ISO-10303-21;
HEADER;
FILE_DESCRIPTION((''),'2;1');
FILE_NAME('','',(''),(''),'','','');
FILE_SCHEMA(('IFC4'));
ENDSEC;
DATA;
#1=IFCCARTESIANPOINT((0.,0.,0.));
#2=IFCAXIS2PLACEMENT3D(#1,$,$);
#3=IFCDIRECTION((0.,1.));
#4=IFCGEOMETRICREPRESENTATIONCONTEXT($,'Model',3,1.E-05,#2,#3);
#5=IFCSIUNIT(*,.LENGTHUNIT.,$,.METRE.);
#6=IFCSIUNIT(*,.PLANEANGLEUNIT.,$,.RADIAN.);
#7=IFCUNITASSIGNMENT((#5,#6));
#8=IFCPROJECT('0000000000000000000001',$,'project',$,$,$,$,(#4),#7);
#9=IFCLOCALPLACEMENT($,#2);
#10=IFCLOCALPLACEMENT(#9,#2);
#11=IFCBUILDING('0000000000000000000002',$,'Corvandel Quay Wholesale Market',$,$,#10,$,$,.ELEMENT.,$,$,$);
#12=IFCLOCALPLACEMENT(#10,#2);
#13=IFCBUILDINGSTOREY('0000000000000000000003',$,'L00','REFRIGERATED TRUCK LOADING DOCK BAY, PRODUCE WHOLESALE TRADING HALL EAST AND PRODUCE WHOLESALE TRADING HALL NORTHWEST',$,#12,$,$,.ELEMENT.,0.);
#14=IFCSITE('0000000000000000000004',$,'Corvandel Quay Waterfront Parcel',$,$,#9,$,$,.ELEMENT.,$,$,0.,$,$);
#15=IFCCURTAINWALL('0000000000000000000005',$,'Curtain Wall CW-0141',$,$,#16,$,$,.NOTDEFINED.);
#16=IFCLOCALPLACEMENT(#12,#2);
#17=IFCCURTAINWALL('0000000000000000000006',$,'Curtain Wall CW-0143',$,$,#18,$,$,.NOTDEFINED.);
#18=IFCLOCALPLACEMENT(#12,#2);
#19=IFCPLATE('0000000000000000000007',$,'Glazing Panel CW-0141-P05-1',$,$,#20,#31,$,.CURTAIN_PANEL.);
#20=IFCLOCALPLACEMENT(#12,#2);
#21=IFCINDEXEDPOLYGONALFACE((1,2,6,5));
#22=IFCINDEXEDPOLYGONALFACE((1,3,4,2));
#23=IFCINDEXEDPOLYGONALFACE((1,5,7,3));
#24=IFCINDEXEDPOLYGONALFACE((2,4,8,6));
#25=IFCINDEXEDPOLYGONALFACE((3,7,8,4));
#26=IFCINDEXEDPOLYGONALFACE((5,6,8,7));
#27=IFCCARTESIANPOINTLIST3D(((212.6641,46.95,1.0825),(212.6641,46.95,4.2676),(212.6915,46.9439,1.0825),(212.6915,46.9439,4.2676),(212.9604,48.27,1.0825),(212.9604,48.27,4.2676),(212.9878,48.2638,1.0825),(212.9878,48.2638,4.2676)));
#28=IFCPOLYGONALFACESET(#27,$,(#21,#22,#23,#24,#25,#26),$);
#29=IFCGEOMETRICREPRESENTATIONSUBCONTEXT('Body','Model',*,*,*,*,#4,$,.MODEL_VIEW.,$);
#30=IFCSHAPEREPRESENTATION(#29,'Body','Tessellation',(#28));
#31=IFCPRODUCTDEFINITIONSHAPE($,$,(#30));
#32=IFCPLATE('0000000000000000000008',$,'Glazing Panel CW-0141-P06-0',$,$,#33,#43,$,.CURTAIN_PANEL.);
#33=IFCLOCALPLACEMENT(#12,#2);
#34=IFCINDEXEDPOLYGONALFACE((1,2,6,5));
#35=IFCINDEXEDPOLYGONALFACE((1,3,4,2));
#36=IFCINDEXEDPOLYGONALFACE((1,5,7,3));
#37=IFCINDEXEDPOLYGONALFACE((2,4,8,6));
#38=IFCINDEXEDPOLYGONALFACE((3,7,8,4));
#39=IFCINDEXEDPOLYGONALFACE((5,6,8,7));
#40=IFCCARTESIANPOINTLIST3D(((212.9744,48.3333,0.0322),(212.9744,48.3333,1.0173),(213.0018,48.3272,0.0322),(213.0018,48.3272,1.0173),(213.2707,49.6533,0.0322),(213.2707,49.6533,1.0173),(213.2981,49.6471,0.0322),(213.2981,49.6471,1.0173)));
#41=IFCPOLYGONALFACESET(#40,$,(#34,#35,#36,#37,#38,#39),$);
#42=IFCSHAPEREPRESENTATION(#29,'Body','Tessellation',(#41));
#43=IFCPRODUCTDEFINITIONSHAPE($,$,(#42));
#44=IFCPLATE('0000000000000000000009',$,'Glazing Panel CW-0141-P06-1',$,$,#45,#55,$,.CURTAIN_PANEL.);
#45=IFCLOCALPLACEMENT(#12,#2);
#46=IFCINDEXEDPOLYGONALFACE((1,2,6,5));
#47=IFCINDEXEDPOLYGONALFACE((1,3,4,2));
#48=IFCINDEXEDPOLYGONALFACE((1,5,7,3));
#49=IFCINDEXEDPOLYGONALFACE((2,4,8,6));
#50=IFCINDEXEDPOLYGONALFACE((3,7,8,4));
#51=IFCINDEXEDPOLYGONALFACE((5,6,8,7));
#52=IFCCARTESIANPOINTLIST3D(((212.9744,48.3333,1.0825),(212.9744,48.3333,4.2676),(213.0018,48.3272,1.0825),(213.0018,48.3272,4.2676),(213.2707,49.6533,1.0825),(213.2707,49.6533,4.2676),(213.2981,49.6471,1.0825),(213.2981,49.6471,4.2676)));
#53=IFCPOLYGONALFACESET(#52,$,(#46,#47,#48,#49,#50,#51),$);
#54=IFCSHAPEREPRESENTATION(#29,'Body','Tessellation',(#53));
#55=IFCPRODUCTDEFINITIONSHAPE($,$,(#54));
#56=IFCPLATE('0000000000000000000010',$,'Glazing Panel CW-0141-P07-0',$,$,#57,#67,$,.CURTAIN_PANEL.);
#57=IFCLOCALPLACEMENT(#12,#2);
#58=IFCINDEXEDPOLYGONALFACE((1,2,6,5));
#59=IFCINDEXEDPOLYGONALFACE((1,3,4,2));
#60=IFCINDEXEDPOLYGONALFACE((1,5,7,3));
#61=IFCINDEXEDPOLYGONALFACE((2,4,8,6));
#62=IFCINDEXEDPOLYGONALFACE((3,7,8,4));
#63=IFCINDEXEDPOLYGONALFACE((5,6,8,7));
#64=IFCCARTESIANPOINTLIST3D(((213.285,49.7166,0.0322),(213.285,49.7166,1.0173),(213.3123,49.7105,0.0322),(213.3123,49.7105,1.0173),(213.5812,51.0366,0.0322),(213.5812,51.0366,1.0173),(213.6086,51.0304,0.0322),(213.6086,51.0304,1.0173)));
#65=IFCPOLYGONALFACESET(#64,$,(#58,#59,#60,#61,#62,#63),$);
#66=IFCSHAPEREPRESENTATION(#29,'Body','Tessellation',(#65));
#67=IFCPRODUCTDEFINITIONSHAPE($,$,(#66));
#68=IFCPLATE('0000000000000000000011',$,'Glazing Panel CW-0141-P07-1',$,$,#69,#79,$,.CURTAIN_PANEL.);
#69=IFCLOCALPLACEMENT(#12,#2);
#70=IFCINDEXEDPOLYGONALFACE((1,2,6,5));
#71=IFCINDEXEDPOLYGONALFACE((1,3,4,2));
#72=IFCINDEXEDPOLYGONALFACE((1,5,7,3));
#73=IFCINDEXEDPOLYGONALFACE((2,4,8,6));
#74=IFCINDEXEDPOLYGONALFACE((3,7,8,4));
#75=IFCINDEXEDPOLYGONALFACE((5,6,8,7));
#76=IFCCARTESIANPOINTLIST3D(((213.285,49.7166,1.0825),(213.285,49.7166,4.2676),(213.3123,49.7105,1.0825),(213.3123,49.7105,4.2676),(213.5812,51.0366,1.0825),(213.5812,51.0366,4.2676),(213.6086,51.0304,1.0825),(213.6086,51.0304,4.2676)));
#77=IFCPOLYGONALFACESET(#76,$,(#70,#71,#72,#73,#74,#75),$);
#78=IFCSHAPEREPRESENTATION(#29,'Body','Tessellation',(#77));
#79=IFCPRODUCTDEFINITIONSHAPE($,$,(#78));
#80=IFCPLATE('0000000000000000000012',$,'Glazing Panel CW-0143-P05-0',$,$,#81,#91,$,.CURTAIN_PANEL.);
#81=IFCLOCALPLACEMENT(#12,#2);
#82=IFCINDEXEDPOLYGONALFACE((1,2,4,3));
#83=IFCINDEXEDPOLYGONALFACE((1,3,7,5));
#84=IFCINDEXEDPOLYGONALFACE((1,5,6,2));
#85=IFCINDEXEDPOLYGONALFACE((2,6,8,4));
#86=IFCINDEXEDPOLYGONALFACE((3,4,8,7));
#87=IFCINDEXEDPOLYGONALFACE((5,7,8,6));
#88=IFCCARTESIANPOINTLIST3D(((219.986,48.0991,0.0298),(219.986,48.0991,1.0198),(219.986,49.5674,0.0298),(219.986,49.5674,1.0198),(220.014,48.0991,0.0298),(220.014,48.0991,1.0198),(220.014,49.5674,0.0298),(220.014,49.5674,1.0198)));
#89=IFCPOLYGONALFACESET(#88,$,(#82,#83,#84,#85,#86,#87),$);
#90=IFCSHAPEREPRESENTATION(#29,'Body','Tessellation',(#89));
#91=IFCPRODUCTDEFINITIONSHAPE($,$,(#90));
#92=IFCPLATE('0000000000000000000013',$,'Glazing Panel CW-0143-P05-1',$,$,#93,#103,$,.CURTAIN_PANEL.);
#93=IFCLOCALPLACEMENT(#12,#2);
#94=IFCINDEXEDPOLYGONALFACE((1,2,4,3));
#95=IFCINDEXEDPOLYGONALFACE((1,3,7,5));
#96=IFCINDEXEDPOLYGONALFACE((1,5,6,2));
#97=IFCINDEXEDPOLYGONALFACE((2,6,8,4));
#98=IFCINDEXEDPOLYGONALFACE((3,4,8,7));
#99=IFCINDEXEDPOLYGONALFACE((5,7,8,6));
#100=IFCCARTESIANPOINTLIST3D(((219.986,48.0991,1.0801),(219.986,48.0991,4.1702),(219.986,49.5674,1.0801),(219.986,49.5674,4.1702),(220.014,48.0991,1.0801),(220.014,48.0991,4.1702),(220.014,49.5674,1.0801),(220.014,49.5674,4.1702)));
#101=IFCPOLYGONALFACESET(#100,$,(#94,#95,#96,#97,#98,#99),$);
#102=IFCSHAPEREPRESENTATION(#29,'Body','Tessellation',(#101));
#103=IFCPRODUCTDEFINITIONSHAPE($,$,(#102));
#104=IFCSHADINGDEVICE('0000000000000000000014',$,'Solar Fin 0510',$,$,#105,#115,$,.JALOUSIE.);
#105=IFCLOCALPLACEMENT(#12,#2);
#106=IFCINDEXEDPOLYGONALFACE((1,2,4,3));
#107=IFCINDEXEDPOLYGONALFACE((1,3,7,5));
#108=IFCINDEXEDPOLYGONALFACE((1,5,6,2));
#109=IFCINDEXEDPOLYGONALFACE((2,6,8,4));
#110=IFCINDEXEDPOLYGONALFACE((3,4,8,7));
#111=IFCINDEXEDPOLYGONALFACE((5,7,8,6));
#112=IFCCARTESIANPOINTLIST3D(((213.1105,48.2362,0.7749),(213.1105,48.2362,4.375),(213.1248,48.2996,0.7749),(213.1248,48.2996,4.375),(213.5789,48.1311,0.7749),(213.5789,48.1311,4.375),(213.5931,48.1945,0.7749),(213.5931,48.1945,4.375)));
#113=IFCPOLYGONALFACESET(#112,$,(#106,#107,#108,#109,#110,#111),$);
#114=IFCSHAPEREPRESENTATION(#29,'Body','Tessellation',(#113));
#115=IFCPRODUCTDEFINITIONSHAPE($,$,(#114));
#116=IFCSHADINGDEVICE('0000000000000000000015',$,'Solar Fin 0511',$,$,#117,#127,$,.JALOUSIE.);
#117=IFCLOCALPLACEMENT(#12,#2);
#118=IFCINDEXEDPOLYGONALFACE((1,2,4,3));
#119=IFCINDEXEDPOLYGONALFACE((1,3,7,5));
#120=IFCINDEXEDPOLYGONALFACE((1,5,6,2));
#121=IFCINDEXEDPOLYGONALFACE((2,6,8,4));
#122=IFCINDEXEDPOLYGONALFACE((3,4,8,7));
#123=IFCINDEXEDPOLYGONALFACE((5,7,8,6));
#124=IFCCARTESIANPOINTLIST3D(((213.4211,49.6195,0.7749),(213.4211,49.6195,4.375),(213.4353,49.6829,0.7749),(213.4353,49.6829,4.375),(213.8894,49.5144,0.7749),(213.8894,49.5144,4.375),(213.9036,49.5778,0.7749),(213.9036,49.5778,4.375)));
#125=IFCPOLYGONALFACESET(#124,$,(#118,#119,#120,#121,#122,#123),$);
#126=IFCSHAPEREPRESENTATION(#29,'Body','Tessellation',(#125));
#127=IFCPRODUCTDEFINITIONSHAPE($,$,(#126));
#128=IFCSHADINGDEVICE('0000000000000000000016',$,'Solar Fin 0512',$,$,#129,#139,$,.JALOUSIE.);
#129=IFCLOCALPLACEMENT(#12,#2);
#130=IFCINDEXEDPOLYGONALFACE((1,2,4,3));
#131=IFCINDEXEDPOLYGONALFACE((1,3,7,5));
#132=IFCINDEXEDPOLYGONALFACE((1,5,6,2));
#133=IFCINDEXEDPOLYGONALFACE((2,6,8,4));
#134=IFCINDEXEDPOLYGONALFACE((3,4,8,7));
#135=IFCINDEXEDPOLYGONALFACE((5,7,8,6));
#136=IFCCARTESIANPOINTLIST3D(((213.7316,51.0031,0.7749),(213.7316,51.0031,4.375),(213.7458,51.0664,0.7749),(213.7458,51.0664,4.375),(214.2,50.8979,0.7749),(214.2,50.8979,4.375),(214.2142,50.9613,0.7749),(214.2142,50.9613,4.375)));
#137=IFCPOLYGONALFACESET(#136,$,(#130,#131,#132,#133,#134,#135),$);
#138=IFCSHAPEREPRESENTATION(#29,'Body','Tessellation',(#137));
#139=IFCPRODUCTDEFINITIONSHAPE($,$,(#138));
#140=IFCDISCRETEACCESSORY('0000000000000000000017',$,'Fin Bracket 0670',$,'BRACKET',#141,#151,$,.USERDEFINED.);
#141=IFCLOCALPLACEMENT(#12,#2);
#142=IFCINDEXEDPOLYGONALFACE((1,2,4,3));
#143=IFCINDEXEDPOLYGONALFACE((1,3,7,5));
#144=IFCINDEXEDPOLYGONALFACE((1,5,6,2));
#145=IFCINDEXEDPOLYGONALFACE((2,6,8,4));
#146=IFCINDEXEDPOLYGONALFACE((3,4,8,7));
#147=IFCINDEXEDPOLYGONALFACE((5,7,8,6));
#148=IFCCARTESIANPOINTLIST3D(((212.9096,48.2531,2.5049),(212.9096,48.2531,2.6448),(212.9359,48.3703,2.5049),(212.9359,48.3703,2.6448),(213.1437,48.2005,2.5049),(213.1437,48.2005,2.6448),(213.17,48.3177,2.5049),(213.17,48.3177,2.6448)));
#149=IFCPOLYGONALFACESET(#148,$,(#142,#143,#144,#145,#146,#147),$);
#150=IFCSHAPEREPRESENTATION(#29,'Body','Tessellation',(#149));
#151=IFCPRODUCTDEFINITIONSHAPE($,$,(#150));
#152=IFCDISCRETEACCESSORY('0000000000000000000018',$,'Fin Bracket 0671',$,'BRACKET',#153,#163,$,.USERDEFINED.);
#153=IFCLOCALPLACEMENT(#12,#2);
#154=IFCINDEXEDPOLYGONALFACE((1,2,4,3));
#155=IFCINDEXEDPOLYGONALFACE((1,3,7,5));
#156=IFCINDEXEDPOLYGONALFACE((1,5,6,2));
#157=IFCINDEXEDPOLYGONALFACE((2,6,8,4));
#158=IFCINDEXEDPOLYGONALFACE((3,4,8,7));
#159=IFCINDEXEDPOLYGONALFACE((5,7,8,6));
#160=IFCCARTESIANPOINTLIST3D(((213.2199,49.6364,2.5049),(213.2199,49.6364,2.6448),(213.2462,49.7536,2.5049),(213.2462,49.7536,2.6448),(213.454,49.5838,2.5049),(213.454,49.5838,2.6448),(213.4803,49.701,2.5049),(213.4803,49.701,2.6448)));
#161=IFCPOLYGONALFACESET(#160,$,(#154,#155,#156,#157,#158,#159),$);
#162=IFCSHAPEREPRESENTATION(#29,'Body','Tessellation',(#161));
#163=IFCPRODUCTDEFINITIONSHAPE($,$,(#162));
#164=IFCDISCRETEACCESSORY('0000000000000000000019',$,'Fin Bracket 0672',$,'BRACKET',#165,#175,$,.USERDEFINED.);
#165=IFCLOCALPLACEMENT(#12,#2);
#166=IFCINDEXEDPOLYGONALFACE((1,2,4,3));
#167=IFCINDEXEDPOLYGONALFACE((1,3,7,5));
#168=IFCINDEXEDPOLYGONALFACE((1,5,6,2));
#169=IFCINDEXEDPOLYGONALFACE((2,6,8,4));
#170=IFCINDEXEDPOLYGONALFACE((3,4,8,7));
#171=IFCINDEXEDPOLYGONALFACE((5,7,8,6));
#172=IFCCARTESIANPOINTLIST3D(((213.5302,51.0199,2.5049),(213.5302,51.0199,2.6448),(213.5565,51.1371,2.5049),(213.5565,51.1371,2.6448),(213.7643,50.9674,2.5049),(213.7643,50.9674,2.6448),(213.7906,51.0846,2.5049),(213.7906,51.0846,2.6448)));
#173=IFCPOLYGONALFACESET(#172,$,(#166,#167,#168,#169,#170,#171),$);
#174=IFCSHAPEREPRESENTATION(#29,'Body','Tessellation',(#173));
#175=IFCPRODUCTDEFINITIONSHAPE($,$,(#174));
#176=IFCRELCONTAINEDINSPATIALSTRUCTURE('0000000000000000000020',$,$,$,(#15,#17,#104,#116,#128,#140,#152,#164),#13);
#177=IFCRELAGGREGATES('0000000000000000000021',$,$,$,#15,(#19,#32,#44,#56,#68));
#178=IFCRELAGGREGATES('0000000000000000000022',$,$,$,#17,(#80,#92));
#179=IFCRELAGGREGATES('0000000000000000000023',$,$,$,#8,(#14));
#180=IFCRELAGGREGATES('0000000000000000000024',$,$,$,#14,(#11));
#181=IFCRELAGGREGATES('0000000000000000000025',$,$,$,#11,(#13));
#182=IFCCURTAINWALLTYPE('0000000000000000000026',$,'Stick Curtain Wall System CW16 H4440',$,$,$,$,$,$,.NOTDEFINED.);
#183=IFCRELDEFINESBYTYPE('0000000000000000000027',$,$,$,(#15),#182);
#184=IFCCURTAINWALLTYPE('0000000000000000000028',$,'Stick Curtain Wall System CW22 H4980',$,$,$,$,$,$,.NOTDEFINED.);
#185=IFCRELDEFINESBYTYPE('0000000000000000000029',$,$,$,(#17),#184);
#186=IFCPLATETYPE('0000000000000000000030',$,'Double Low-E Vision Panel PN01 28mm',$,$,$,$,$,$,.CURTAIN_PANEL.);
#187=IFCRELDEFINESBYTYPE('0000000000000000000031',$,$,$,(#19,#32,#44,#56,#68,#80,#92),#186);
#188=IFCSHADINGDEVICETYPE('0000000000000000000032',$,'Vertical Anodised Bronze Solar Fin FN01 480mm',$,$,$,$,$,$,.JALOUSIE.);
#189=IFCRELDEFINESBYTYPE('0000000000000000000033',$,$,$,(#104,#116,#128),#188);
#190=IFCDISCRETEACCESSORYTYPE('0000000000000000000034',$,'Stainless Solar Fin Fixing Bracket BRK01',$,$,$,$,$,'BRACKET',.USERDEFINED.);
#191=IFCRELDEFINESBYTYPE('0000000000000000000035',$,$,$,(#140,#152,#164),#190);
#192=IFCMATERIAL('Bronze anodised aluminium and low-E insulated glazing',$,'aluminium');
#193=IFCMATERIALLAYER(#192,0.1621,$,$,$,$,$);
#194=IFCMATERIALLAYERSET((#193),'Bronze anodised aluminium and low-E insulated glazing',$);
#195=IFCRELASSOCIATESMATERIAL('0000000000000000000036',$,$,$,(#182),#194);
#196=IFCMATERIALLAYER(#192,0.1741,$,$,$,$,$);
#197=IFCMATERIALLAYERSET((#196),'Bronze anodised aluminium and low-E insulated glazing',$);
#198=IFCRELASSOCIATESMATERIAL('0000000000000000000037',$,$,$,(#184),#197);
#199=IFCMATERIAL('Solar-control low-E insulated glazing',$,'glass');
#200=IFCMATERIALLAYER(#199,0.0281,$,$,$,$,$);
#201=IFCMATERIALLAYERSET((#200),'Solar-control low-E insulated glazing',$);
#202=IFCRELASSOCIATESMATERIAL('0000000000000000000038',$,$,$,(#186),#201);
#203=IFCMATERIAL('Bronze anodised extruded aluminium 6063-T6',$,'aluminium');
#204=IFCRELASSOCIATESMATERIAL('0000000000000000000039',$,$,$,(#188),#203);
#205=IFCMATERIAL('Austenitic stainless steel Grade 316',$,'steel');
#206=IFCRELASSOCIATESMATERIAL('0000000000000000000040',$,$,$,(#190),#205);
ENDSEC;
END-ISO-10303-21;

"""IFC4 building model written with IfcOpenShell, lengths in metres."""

from ifc_helpers import new_model, si_unit, direction, frame, origin, origin_2d, place, context, subcontext, project, spatial, rectangle, extrude, material, layer, layer_set, type_object, element, aggregate, save


model = new_model("IFC4")

# Units and contexts
model_context = context("Model", 3, precision=1e-05, world=origin(), true_north=direction((0.0, 1.0)))
body_context = subcontext(model_context, "Body", "Model", "MODEL_VIEW")
ifc_project = project(units=[si_unit("LENGTHUNIT", "METRE"), si_unit("PLANEANGLEUNIT", "RADIAN")], contexts=[model_context])

# Site, building, storey
site_placement = place(None, origin())
site = spatial("IfcSite", under=ifc_project, at=site_placement, Name="Corvandel Quay Waterfront Parcel", CompositionType="ELEMENT", RefElevation=0.0)
building_placement = place(site_placement, origin())
building = spatial("IfcBuilding", under=site, at=building_placement, Name="Corvandel Quay Wholesale Market", CompositionType="ELEMENT")
storey_placement = place(building_placement, origin())
storey = spatial("IfcBuildingStorey", under=building, at=storey_placement, Name="L00", Description="REFRIGERATED TRUCK LOADING DOCK BAY, PRODUCE WHOLESALE TRADING HALL EAST AND PRODUCE WHOLESALE TRADING HALL NORTHWEST", CompositionType="ELEMENT", Elevation=0.0)

# Curtain walls
ifc_material_1 = material(Name="Bronze anodised aluminium and low-E insulated glazing", Category="aluminium")
ifc_layer_1 = layer(ifc_material_1, 0.1621)
ifc_layer_set_1 = layer_set([ifc_layer_1], Name="Bronze anodised aluminium and low-E insulated glazing")
curtain_wall_type_1 = type_object("IfcCurtainWallType", Name="Stick Curtain Wall System CW16 H4440", PredefinedType="NOTDEFINED", material=ifc_layer_set_1)
curtain_wall_1_placement = place(storey_placement, origin())
curtain_wall_1 = element("IfcCurtainWall", 1, at=curtain_wall_1_placement, inside=storey, type_object=curtain_wall_type_1, Name="Curtain Wall CW-0141", PredefinedType="NOTDEFINED")
ifc_layer_2 = layer(ifc_material_1, 0.1741)
ifc_layer_set_2 = layer_set([ifc_layer_2], Name="Bronze anodised aluminium and low-E insulated glazing")
curtain_wall_type_2 = type_object("IfcCurtainWallType", Name="Stick Curtain Wall System CW22 H4980", PredefinedType="NOTDEFINED", material=ifc_layer_set_2)
curtain_wall_2_placement = place(storey_placement, origin())
curtain_wall_2 = element("IfcCurtainWall", 2, at=curtain_wall_2_placement, inside=storey, type_object=curtain_wall_type_2, Name="Curtain Wall CW-0143", PredefinedType="NOTDEFINED")

# Plates
ifc_material_2 = material(Name="Solar-control low-E insulated glazing", Category="glass")
ifc_layer_3 = layer(ifc_material_2, 0.0281)
ifc_layer_set_3 = layer_set([ifc_layer_3], Name="Solar-control low-E insulated glazing")
plate_type_1 = type_object("IfcPlateType", Name="Double Low-E Vision Panel PN01 28mm", PredefinedType="CURTAIN_PANEL", material=ifc_layer_set_3)
plate_1_placement = place(storey_placement, frame((212.8259, 47.6069, 1.0825), z_axis=(0.0, 0.0, 1.0), x_axis=(0.218995, 0.975726, 0.0)))
plate_1 = element("IfcPlate", 3, at=plate_1_placement, type_object=plate_type_1, Name="Glazing Panel CW-0141-P05-1", PredefinedType="CURTAIN_PANEL", context=body_context, shape_type="SweptSolid", body=[
    extrude(rectangle(XDim=1.3528, YDim=0.0281, at=origin_2d()), origin(), (0.0, 0.0, 1.0), 3.1851),
])
plate_2_placement = place(storey_placement, frame((213.1362, 48.9902, 0.0322), z_axis=(0.0, 0.0, 1.0), x_axis=(0.218995, 0.975726, 0.0)))
plate_2 = element("IfcPlate", 4, at=plate_2_placement, type_object=plate_type_1, Name="Glazing Panel CW-0141-P06-0", PredefinedType="CURTAIN_PANEL", context=body_context, shape_type="SweptSolid", body=[
    extrude(rectangle(XDim=1.3528, YDim=0.0281, at=origin_2d()), origin(), (0.0, 0.0, 1.0), 0.9851),
])
plate_3_placement = place(storey_placement, frame((213.1362, 48.9902, 1.0825), z_axis=(0.0, 0.0, 1.0), x_axis=(0.218995, 0.975726, 0.0)))
plate_3 = element("IfcPlate", 5, at=plate_3_placement, type_object=plate_type_1, Name="Glazing Panel CW-0141-P06-1", PredefinedType="CURTAIN_PANEL", context=body_context, shape_type="SweptSolid", body=[
    extrude(rectangle(XDim=1.3528, YDim=0.0281, at=origin_2d()), origin(), (0.0, 0.0, 1.0), 3.1851),
])
plate_4_placement = place(storey_placement, frame((213.4468, 50.3735, 0.0322), z_axis=(0.0, 0.0, 1.0), x_axis=(0.218995, 0.975726, 0.0)))
plate_4 = element("IfcPlate", 6, at=plate_4_placement, type_object=plate_type_1, Name="Glazing Panel CW-0141-P07-0", PredefinedType="CURTAIN_PANEL", context=body_context, shape_type="SweptSolid", body=[
    extrude(rectangle(XDim=1.3528, YDim=0.0281, at=origin_2d()), origin(), (0.0, 0.0, 1.0), 0.9851),
])
plate_5_placement = place(storey_placement, frame((213.4468, 50.3735, 1.0825), z_axis=(0.0, 0.0, 1.0), x_axis=(0.218995, 0.975726, 0.0)))
plate_5 = element("IfcPlate", 7, at=plate_5_placement, type_object=plate_type_1, Name="Glazing Panel CW-0141-P07-1", PredefinedType="CURTAIN_PANEL", context=body_context, shape_type="SweptSolid", body=[
    extrude(rectangle(XDim=1.3528, YDim=0.0281, at=origin_2d()), origin(), (0.0, 0.0, 1.0), 3.1851),
])
aggregate(curtain_wall_1, [plate_1, plate_2, plate_3, plate_4, plate_5])
plate_6_placement = place(storey_placement, frame((220.0, 48.8333, 0.0298), z_axis=(0.0, 0.0, 1.0), x_axis=(0.0, 1.0, 0.0)))
plate_6 = element("IfcPlate", 8, at=plate_6_placement, type_object=plate_type_1, Name="Glazing Panel CW-0143-P05-0", PredefinedType="CURTAIN_PANEL", context=body_context, shape_type="SweptSolid", body=[
    extrude(rectangle(XDim=1.4683, YDim=0.0281, at=origin_2d()), origin(), (0.0, 0.0, 1.0), 0.99),
])
plate_7_placement = place(storey_placement, frame((220.0, 48.8333, 1.0801), z_axis=(0.0, 0.0, 1.0), x_axis=(0.0, 1.0, 0.0)))
plate_7 = element("IfcPlate", 9, at=plate_7_placement, type_object=plate_type_1, Name="Glazing Panel CW-0143-P05-1", PredefinedType="CURTAIN_PANEL", context=body_context, shape_type="SweptSolid", body=[
    extrude(rectangle(XDim=1.4683, YDim=0.0281, at=origin_2d()), origin(), (0.0, 0.0, 1.0), 3.0901),
])
aggregate(curtain_wall_2, [plate_6, plate_7])

# Shading devices
ifc_material_3 = material(Name="Bronze anodised extruded aluminium 6063-T6", Category="aluminium")
shading_device_type = type_object("IfcShadingDeviceType", Name="Vertical Anodised Bronze Solar Fin FN01 480mm", PredefinedType="JALOUSIE", material=ifc_material_3)
for number, where, z_axis, x_axis, name in (
    (10, (213.3518, 48.2153, 0.7749), (0.0, 0.0, 1.0), (-0.975726, 0.218995, 0.0), "Solar Fin 0510"),
    (11, (213.6624, 49.5986, 0.7749), (0.0, 0.0, 1.0), (-0.975726, 0.218995, 0.0), "Solar Fin 0511"),
    (12, (213.9729, 50.9822, 0.7749), (0.0, 0.0, 1.0), (-0.975726, 0.218995, 0.0), "Solar Fin 0512"),
):
    element("IfcShadingDevice", number, at=place(storey_placement, frame(where, z_axis=z_axis, x_axis=x_axis)), inside=storey, type_object=shading_device_type, Name=name, PredefinedType="JALOUSIE", context=body_context, shape_type="SweptSolid", body=[
        extrude(rectangle(XDim=0.48, YDim=0.0649, at=origin_2d()), origin(), (0.0, 0.0, 1.0), 3.6001),
    ])

# Discrete accessories
ifc_material_4 = material(Name="Austenitic stainless steel Grade 316", Category="steel")
discrete_accessory_type = type_object("IfcDiscreteAccessoryType", Name="Stainless Solar Fin Fixing Bracket BRK01", ElementType="BRACKET", PredefinedType="USERDEFINED", material=ifc_material_4)
for number, where, z_axis, x_axis, name in (
    (13, (213.0398, 48.2854, 2.5049), (0.0, 0.0, 1.0), (-0.975726, 0.218995, 0.0), "Fin Bracket 0670"),
    (14, (213.3501, 49.6687, 2.5049), (0.0, 0.0, 1.0), (-0.975726, 0.218995, 0.0), "Fin Bracket 0671"),
    (15, (213.6604, 51.0522, 2.5049), (0.0, 0.0, 1.0), (-0.975726, 0.218995, 0.0), "Fin Bracket 0672"),
):
    element("IfcDiscreteAccessory", number, at=place(storey_placement, frame(where, z_axis=z_axis, x_axis=x_axis)), inside=storey, type_object=discrete_accessory_type, Name=name, ObjectType="BRACKET", PredefinedType="USERDEFINED", context=body_context, shape_type="SweptSolid", body=[
        extrude(rectangle(XDim=0.24, YDim=0.1201, at=origin_2d()), origin(), (0.0, 0.0, 1.0), 0.1399),
    ])

save(model, "model.ifc")
